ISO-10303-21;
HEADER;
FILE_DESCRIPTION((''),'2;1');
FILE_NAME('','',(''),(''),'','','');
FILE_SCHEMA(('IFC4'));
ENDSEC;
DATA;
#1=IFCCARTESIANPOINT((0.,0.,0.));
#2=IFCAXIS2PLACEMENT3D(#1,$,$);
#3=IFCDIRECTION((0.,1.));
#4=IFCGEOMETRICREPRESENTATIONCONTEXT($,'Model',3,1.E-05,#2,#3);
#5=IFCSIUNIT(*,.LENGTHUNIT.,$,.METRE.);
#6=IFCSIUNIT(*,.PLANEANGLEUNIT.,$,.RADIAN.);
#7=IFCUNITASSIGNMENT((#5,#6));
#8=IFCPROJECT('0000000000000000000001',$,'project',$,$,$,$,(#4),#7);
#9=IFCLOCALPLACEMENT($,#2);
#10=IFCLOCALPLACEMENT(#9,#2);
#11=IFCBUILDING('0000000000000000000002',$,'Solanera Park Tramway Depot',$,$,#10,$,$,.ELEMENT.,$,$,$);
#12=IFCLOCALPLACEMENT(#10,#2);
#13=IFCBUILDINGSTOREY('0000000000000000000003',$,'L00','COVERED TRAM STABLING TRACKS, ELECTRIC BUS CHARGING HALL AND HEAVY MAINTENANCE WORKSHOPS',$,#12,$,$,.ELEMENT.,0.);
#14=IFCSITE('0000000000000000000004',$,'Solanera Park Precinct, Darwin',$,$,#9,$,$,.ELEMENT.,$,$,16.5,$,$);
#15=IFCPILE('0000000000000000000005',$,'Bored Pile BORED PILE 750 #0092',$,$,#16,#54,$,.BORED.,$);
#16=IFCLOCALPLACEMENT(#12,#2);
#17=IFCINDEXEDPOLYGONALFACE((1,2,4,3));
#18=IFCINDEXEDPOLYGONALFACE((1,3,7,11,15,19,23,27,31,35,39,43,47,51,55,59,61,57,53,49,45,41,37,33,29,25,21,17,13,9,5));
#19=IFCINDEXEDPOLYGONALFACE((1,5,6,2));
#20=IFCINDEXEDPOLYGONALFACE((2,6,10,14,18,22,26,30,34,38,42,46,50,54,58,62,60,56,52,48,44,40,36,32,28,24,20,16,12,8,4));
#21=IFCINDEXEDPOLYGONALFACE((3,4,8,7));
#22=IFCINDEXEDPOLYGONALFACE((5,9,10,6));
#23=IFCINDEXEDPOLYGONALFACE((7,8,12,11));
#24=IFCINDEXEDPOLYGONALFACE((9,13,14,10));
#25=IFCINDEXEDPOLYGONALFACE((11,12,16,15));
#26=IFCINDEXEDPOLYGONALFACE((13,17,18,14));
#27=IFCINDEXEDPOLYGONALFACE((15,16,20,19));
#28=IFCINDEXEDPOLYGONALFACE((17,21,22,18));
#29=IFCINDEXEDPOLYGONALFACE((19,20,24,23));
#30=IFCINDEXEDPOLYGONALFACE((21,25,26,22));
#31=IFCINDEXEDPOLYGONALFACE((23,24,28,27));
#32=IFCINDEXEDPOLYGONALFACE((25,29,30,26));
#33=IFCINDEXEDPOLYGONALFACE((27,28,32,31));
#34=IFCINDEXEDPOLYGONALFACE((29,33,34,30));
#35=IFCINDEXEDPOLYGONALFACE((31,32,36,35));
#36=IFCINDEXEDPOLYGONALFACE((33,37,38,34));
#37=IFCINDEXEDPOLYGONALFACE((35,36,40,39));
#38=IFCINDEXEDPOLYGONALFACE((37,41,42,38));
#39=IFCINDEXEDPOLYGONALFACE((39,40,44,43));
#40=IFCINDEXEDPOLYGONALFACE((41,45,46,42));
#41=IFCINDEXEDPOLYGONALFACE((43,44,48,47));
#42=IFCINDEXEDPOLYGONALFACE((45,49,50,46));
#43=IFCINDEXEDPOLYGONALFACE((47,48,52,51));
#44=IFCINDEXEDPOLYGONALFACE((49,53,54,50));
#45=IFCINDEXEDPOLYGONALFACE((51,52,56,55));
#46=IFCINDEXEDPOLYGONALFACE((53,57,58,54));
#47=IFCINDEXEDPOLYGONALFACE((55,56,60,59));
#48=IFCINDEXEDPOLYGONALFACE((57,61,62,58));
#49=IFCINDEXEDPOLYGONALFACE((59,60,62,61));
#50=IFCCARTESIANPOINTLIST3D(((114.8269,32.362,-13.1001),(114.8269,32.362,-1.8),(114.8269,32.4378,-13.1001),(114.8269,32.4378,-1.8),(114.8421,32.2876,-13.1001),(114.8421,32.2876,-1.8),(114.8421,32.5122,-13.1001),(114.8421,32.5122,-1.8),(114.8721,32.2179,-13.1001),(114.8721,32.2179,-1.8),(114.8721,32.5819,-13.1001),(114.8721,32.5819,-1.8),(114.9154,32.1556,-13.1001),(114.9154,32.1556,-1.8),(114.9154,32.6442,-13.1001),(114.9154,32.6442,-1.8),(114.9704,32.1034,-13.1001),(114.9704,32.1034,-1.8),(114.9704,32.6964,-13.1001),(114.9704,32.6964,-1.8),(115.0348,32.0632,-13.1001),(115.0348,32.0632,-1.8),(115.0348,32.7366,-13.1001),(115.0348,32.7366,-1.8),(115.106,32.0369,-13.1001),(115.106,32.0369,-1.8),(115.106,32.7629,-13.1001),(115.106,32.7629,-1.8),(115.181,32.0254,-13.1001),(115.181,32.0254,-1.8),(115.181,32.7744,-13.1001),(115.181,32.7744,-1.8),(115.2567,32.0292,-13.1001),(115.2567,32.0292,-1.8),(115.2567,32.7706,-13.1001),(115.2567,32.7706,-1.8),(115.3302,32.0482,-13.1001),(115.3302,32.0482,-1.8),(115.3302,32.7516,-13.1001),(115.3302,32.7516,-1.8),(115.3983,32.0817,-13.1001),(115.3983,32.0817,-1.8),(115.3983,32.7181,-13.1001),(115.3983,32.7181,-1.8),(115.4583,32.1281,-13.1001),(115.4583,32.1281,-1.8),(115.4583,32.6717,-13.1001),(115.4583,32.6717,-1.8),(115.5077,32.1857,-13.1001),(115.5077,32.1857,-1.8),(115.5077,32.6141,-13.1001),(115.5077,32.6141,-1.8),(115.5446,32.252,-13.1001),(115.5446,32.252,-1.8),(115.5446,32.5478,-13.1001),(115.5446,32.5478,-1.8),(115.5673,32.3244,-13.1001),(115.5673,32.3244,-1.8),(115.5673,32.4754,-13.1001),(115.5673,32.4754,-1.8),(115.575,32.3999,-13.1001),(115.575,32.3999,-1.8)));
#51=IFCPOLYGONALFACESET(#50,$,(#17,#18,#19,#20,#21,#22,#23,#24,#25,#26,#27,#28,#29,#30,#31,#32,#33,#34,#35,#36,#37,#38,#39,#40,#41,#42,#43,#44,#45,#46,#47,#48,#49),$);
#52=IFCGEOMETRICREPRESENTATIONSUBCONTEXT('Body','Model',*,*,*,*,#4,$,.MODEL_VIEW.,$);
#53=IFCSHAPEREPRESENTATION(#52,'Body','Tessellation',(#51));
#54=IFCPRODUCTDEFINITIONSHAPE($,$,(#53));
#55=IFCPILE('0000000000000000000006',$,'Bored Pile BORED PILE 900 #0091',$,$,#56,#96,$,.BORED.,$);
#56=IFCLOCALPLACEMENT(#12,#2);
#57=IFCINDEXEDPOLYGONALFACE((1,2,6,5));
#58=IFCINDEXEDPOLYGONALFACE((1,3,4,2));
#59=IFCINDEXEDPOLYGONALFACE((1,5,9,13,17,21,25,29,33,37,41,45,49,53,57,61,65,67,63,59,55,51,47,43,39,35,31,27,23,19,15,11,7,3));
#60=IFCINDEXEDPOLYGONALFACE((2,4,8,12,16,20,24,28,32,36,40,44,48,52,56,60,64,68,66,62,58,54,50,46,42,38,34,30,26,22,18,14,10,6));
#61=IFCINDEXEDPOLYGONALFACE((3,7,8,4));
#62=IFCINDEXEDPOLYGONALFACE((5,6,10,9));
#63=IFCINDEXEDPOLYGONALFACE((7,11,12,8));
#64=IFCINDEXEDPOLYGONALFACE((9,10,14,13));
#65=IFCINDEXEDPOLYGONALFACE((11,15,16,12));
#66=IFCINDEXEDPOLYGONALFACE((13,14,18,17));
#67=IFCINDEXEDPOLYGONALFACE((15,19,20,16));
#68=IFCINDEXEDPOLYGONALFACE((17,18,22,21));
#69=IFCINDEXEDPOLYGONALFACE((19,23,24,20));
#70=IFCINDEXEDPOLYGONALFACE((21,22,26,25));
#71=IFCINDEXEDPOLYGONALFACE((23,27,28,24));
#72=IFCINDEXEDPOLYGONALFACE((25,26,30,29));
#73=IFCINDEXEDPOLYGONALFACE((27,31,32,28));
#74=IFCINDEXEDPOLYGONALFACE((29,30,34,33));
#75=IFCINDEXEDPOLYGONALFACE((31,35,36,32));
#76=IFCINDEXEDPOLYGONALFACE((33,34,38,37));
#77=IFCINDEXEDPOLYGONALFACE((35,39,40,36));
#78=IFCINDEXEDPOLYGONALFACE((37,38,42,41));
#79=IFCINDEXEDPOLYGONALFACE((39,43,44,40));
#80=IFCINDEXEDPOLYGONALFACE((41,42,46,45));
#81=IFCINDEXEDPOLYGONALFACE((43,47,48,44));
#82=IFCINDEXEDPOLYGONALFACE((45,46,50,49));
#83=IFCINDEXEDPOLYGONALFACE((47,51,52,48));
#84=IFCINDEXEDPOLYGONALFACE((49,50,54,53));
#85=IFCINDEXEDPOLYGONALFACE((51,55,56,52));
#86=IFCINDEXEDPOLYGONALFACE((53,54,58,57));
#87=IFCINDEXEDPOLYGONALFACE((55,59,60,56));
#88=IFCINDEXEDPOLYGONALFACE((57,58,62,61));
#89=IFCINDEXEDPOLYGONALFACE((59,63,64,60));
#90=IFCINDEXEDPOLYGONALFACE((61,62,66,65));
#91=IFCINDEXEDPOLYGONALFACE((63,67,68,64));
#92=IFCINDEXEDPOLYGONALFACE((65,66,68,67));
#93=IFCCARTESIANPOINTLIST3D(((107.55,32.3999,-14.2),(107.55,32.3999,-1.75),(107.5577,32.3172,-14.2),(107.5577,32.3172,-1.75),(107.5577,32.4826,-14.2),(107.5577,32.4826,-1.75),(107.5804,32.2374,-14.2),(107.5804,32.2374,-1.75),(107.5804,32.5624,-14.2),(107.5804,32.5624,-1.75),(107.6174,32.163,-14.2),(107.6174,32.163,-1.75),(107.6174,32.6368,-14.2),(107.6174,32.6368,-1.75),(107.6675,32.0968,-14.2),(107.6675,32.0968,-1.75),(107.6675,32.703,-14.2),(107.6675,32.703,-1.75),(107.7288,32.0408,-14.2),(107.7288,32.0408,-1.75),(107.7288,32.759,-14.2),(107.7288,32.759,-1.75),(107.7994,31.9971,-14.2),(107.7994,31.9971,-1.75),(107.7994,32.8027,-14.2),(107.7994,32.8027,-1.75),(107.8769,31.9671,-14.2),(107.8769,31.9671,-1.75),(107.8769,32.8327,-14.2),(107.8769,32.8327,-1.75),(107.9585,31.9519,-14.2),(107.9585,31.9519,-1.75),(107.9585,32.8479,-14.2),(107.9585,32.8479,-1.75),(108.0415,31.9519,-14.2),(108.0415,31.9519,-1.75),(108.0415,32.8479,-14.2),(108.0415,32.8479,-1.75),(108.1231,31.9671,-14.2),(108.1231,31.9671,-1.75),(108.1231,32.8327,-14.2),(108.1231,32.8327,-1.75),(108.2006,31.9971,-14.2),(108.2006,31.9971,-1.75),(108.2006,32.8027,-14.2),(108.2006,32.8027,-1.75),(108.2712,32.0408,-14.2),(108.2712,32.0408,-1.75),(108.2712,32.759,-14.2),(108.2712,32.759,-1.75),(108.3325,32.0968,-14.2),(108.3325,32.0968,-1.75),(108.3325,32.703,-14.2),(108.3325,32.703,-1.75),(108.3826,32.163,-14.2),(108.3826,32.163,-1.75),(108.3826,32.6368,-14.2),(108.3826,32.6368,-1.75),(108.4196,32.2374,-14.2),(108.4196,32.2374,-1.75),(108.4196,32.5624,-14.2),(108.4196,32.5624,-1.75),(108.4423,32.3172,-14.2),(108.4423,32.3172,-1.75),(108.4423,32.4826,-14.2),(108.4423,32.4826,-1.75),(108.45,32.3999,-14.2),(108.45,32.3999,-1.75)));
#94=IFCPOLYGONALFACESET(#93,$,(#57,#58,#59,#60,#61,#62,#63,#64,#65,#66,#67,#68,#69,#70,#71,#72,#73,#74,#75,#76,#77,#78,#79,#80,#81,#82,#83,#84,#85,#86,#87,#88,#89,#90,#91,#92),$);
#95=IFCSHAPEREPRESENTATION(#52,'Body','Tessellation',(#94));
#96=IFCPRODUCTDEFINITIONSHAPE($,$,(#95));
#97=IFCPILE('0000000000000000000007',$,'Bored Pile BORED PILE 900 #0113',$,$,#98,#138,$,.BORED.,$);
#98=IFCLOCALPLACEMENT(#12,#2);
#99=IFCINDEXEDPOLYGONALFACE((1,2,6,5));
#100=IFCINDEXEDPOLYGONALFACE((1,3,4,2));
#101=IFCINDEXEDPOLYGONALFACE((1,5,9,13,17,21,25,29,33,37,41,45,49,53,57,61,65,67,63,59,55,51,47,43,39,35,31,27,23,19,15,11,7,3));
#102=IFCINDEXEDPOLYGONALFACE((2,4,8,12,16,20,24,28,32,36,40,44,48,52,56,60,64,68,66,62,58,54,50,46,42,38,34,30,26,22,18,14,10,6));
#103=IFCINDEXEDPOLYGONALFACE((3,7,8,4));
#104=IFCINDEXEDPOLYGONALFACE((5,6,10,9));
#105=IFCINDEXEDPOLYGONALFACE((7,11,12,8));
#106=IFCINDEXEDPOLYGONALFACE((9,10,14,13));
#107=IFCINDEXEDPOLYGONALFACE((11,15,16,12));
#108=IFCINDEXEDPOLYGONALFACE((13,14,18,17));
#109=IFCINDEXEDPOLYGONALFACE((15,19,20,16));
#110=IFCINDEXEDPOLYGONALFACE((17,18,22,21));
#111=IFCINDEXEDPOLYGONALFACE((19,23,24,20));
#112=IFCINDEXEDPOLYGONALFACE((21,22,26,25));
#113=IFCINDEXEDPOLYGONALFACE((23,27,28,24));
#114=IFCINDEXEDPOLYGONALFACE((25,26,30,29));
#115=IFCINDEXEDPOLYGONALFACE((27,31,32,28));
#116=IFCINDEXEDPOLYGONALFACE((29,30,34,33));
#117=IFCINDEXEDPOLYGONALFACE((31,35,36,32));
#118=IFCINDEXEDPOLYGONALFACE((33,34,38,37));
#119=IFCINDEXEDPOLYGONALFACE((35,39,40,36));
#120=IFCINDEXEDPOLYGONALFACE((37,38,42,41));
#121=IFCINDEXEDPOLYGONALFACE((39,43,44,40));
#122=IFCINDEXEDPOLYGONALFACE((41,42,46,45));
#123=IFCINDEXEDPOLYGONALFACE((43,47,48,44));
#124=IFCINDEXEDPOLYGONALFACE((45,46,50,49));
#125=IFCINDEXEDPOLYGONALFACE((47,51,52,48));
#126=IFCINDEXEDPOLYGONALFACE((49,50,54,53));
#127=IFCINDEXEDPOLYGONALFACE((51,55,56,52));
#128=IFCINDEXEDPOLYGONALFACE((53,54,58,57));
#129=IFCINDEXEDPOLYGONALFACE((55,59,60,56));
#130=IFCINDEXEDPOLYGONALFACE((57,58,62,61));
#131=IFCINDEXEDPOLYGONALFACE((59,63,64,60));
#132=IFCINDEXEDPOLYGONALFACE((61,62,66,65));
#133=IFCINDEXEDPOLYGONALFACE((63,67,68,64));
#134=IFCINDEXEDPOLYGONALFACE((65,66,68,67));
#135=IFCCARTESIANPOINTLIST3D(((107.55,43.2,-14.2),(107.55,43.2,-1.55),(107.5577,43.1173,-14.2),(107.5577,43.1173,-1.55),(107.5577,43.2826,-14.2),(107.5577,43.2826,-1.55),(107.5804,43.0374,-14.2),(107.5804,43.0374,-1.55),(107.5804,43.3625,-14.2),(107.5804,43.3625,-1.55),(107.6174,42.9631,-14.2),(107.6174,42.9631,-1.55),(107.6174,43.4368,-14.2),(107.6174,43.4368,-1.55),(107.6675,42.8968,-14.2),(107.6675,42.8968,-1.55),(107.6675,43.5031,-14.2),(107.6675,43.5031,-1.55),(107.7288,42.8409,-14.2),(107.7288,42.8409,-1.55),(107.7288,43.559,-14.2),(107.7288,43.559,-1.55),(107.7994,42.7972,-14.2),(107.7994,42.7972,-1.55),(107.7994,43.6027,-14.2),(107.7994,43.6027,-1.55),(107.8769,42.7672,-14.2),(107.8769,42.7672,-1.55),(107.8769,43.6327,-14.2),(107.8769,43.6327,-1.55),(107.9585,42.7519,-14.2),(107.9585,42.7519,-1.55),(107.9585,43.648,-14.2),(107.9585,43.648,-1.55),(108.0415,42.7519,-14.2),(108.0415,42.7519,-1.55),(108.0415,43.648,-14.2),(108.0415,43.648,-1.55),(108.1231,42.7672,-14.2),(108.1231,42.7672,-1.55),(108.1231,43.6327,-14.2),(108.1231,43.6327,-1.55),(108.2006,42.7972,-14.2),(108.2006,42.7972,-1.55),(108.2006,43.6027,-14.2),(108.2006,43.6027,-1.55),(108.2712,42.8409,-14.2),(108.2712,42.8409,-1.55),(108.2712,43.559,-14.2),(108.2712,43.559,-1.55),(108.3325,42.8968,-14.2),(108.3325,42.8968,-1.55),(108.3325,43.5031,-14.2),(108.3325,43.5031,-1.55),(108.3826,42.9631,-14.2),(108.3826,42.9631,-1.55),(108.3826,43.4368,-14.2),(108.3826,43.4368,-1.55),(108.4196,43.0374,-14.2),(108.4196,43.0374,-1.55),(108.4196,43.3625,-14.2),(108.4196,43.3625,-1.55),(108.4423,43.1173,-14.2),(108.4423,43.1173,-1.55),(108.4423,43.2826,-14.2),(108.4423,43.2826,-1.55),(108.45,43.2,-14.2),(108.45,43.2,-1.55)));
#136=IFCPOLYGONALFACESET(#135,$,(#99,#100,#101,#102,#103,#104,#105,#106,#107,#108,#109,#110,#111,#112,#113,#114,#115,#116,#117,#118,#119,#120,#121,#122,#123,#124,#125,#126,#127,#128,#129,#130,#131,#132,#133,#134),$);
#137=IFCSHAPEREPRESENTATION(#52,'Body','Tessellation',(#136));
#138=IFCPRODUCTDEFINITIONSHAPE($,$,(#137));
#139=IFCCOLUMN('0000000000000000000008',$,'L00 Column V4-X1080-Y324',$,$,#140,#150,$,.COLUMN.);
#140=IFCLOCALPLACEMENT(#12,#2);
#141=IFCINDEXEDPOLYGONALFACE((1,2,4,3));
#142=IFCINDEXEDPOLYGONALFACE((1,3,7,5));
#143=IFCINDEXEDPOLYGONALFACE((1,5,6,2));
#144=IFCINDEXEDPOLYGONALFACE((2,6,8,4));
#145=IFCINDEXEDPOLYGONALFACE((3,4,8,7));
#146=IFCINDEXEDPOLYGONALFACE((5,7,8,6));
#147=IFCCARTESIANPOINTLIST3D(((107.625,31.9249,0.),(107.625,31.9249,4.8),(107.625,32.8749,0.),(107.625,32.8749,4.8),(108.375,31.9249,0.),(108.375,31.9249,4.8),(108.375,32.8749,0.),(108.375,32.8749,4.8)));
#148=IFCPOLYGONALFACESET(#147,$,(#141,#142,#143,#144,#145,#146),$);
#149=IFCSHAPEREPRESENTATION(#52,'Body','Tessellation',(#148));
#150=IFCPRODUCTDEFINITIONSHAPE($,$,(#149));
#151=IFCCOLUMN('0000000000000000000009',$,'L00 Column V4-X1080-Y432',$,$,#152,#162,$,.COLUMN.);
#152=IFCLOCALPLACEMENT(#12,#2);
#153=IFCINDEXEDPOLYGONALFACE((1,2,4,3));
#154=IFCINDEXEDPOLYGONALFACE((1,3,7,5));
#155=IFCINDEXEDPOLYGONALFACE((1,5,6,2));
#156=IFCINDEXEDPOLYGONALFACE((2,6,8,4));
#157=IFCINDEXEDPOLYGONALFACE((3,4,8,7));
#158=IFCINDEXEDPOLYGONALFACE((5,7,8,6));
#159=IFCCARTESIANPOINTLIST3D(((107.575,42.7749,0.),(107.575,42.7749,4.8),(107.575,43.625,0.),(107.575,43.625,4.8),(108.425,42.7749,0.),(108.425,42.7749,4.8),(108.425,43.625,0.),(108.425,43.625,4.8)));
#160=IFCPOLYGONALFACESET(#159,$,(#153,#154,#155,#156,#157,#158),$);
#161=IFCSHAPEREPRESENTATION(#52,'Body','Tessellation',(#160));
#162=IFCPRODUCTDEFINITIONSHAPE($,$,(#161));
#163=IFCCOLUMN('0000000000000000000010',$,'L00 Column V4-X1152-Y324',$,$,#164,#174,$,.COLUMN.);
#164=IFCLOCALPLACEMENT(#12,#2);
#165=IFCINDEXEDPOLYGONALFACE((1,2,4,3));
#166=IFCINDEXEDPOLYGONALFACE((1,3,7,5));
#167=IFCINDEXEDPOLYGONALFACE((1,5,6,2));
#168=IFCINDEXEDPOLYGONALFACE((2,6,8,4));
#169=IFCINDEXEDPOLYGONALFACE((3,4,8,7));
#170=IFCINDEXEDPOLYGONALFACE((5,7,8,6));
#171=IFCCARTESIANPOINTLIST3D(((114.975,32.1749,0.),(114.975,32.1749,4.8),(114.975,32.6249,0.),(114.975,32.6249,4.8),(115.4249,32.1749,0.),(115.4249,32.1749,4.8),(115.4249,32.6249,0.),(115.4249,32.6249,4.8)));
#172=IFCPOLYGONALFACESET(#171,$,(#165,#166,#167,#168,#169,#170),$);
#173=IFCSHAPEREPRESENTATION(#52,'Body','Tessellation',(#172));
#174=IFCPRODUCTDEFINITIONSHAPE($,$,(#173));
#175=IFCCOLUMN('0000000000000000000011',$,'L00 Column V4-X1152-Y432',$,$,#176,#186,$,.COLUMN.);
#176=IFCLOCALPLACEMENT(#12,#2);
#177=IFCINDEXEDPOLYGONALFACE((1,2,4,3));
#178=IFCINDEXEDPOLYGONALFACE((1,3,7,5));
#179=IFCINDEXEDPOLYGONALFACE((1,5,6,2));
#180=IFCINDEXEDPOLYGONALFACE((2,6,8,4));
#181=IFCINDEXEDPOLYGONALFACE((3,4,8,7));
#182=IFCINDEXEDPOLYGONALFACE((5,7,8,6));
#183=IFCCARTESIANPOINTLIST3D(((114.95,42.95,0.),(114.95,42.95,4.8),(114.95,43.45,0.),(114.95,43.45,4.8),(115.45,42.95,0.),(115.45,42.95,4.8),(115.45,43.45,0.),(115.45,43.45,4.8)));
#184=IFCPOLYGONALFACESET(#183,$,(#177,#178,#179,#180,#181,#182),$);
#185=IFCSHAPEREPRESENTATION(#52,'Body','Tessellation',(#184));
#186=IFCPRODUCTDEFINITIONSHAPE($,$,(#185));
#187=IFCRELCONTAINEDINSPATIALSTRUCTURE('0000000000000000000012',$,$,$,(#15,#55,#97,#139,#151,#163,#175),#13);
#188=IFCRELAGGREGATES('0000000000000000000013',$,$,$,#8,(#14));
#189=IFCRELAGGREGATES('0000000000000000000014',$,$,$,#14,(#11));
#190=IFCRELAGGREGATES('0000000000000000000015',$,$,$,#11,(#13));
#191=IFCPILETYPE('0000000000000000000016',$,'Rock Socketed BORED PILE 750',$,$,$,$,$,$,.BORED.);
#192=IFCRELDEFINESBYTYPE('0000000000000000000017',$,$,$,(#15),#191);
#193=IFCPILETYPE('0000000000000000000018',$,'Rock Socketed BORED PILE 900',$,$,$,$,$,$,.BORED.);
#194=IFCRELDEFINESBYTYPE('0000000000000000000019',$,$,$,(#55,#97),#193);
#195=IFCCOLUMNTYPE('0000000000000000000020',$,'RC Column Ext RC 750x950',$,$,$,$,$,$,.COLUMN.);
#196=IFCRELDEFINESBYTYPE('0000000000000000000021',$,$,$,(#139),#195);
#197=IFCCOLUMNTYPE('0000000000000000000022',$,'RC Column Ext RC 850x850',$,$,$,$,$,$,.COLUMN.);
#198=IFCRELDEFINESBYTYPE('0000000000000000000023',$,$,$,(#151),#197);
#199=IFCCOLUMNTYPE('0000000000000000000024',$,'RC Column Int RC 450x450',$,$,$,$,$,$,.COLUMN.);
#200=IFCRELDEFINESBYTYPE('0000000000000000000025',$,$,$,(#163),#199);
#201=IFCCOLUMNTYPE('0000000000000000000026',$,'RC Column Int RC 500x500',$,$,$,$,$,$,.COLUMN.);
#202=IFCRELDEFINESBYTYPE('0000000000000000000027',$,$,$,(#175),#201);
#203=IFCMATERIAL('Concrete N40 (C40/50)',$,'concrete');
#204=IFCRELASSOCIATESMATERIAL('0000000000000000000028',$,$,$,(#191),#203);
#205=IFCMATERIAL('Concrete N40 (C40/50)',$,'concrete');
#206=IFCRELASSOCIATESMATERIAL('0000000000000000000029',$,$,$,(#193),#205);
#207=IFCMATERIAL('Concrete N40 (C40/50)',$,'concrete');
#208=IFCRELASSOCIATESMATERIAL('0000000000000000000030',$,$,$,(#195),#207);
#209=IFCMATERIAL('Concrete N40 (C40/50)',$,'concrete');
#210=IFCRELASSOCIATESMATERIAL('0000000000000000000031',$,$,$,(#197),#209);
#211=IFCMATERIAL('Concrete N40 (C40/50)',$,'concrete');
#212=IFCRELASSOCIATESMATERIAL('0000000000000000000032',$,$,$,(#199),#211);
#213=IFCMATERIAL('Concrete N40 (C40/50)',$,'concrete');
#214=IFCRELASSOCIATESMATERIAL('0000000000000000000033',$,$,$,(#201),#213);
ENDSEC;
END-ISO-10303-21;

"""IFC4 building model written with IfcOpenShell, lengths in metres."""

from ifc_helpers import new_model, si_unit, direction, frame, origin, origin_2d, place, context, subcontext, project, spatial, rectangle, circle, extrude, material, material_profile, profile_set, type_object, element, save


model = new_model("IFC4")

# Units and contexts
model_context = context("Model", 3, precision=1e-05, world=origin(), true_north=direction((0.0, 1.0)))
body_context = subcontext(model_context, "Body", "Model", "MODEL_VIEW")
ifc_project = project(units=[si_unit("LENGTHUNIT", "METRE"), si_unit("PLANEANGLEUNIT", "RADIAN")], contexts=[model_context])

# Site, building, storey
site_placement = place(None, origin())
site = spatial("IfcSite", under=ifc_project, at=site_placement, Name="Solanera Park Precinct, Darwin", CompositionType="ELEMENT", RefElevation=16.5)
building_placement = place(site_placement, origin())
building = spatial("IfcBuilding", under=site, at=building_placement, Name="Solanera Park Tramway Depot", CompositionType="ELEMENT")
storey_placement = place(building_placement, origin())
storey = spatial("IfcBuildingStorey", under=building, at=storey_placement, Name="L00", Description="COVERED TRAM STABLING TRACKS, ELECTRIC BUS CHARGING HALL AND HEAVY MAINTENANCE WORKSHOPS", CompositionType="ELEMENT", Elevation=0.0)

# Piles
ifc_material_1 = material(Name="Concrete N40 (C40/50)", Category="concrete")
ifc_material_profile_1 = material_profile(ifc_material_1, circle(Radius=0.375, at=origin_2d()), Name="BORED PILE 750")
ifc_profile_set_1 = profile_set([ifc_material_profile_1], Name="Concrete N40 (C40/50)")
pile_type_1 = type_object("IfcPileType", Name="Rock Socketed BORED PILE 750", PredefinedType="BORED", material=ifc_profile_set_1)
pile_1_placement = place(storey_placement, frame((115.2, 32.3999, -1.8), z_axis=(0.0, 0.0, -1.0), x_axis=(1.0, 0.0, 0.0)))
element("IfcPile", 1, at=pile_1_placement, inside=storey, type_object=pile_type_1, Name="Bored Pile BORED PILE 750 #0092", PredefinedType="BORED", context=body_context, shape_type="SweptSolid", body=[
    extrude(circle(Radius=0.375, at=origin_2d()), origin(), (0.0, 0.0, 1.0), 11.3),
])
ifc_material_2 = material(Name="Concrete N40 (C40/50)", Category="concrete")
ifc_material_profile_2 = material_profile(ifc_material_2, circle(Radius=0.45, at=origin_2d()), Name="BORED PILE 900")
ifc_profile_set_2 = profile_set([ifc_material_profile_2], Name="Concrete N40 (C40/50)")
pile_type_2 = type_object("IfcPileType", Name="Rock Socketed BORED PILE 900", PredefinedType="BORED", material=ifc_profile_set_2)
pile_2_placement = place(storey_placement, frame((108.0, 32.3999, -1.75), z_axis=(0.0, 0.0, -1.0), x_axis=(1.0, 0.0, 0.0)))
element("IfcPile", 2, at=pile_2_placement, inside=storey, type_object=pile_type_2, Name="Bored Pile BORED PILE 900 #0091", PredefinedType="BORED", context=body_context, shape_type="SweptSolid", body=[
    extrude(circle(Radius=0.45, at=origin_2d()), origin(), (0.0, 0.0, 1.0), 12.45),
])
pile_3_placement = place(storey_placement, frame((108.0, 43.2, -1.55), z_axis=(0.0, 0.0, -1.0), x_axis=(1.0, 0.0, 0.0)))
element("IfcPile", 3, at=pile_3_placement, inside=storey, type_object=pile_type_2, Name="Bored Pile BORED PILE 900 #0113", PredefinedType="BORED", context=body_context, shape_type="SweptSolid", body=[
    extrude(circle(Radius=0.45, at=origin_2d()), origin(), (0.0, 0.0, 1.0), 12.6499),
])

# Columns
ifc_material_3 = material(Name="Concrete N40 (C40/50)", Category="concrete")
ifc_material_profile_3 = material_profile(ifc_material_3, rectangle(XDim=0.75, YDim=0.95, at=origin_2d()), Name="RC 750x950")
ifc_profile_set_3 = profile_set([ifc_material_profile_3], Name="Concrete N40 (C40/50)")
column_type_1 = type_object("IfcColumnType", Name="RC Column Ext RC 750x950", PredefinedType="COLUMN", material=ifc_profile_set_3)
column_1_placement = place(storey_placement, frame((108.0, 32.3999, 0.0), z_axis=(0.0, 0.0, 1.0), x_axis=(1.0, 0.0, 0.0)))
element("IfcColumn", 4, at=column_1_placement, inside=storey, type_object=column_type_1, Name="L00 Column V4-X1080-Y324", PredefinedType="COLUMN", context=body_context, shape_type="SweptSolid", body=[
    extrude(rectangle(XDim=0.75, YDim=0.95, at=origin_2d()), origin(), (0.0, 0.0, 1.0), 4.8),
])
ifc_material_4 = material(Name="Concrete N40 (C40/50)", Category="concrete")
ifc_material_profile_4 = material_profile(ifc_material_4, rectangle(XDim=0.8501, YDim=0.8501, at=origin_2d()), Name="RC 850x850")
ifc_profile_set_4 = profile_set([ifc_material_profile_4], Name="Concrete N40 (C40/50)")
column_type_2 = type_object("IfcColumnType", Name="RC Column Ext RC 850x850", PredefinedType="COLUMN", material=ifc_profile_set_4)
column_2_placement = place(storey_placement, frame((108.0, 43.2, 0.0), z_axis=(0.0, 0.0, 1.0), x_axis=(1.0, 0.0, 0.0)))
element("IfcColumn", 5, at=column_2_placement, inside=storey, type_object=column_type_2, Name="L00 Column V4-X1080-Y432", PredefinedType="COLUMN", context=body_context, shape_type="SweptSolid", body=[
    extrude(rectangle(XDim=0.8501, YDim=0.8501, at=origin_2d()), origin(), (0.0, 0.0, 1.0), 4.8),
])
ifc_material_5 = material(Name="Concrete N40 (C40/50)", Category="concrete")
ifc_material_profile_5 = material_profile(ifc_material_5, rectangle(XDim=0.45, YDim=0.45, at=origin_2d()), Name="RC 450x450")
ifc_profile_set_5 = profile_set([ifc_material_profile_5], Name="Concrete N40 (C40/50)")
column_type_3 = type_object("IfcColumnType", Name="RC Column Int RC 450x450", PredefinedType="COLUMN", material=ifc_profile_set_5)
column_3_placement = place(storey_placement, frame((115.2, 32.3999, 0.0), z_axis=(0.0, 0.0, 1.0), x_axis=(1.0, 0.0, 0.0)))
element("IfcColumn", 6, at=column_3_placement, inside=storey, type_object=column_type_3, Name="L00 Column V4-X1152-Y324", PredefinedType="COLUMN", context=body_context, shape_type="SweptSolid", body=[
    extrude(rectangle(XDim=0.45, YDim=0.45, at=origin_2d()), origin(), (0.0, 0.0, 1.0), 4.8),
])
ifc_material_6 = material(Name="Concrete N40 (C40/50)", Category="concrete")
ifc_material_profile_6 = material_profile(ifc_material_6, rectangle(XDim=0.5, YDim=0.5, at=origin_2d()), Name="RC 500x500")
ifc_profile_set_6 = profile_set([ifc_material_profile_6], Name="Concrete N40 (C40/50)")
column_type_4 = type_object("IfcColumnType", Name="RC Column Int RC 500x500", PredefinedType="COLUMN", material=ifc_profile_set_6)
column_4_placement = place(storey_placement, frame((115.2, 43.2, 0.0), z_axis=(0.0, 0.0, 1.0), x_axis=(1.0, 0.0, 0.0)))
element("IfcColumn", 7, at=column_4_placement, inside=storey, type_object=column_type_4, Name="L00 Column V4-X1152-Y432", PredefinedType="COLUMN", context=body_context, shape_type="SweptSolid", body=[
    extrude(rectangle(XDim=0.5, YDim=0.5, at=origin_2d()), origin(), (0.0, 0.0, 1.0), 4.8),
])

save(model, "model.ifc")
